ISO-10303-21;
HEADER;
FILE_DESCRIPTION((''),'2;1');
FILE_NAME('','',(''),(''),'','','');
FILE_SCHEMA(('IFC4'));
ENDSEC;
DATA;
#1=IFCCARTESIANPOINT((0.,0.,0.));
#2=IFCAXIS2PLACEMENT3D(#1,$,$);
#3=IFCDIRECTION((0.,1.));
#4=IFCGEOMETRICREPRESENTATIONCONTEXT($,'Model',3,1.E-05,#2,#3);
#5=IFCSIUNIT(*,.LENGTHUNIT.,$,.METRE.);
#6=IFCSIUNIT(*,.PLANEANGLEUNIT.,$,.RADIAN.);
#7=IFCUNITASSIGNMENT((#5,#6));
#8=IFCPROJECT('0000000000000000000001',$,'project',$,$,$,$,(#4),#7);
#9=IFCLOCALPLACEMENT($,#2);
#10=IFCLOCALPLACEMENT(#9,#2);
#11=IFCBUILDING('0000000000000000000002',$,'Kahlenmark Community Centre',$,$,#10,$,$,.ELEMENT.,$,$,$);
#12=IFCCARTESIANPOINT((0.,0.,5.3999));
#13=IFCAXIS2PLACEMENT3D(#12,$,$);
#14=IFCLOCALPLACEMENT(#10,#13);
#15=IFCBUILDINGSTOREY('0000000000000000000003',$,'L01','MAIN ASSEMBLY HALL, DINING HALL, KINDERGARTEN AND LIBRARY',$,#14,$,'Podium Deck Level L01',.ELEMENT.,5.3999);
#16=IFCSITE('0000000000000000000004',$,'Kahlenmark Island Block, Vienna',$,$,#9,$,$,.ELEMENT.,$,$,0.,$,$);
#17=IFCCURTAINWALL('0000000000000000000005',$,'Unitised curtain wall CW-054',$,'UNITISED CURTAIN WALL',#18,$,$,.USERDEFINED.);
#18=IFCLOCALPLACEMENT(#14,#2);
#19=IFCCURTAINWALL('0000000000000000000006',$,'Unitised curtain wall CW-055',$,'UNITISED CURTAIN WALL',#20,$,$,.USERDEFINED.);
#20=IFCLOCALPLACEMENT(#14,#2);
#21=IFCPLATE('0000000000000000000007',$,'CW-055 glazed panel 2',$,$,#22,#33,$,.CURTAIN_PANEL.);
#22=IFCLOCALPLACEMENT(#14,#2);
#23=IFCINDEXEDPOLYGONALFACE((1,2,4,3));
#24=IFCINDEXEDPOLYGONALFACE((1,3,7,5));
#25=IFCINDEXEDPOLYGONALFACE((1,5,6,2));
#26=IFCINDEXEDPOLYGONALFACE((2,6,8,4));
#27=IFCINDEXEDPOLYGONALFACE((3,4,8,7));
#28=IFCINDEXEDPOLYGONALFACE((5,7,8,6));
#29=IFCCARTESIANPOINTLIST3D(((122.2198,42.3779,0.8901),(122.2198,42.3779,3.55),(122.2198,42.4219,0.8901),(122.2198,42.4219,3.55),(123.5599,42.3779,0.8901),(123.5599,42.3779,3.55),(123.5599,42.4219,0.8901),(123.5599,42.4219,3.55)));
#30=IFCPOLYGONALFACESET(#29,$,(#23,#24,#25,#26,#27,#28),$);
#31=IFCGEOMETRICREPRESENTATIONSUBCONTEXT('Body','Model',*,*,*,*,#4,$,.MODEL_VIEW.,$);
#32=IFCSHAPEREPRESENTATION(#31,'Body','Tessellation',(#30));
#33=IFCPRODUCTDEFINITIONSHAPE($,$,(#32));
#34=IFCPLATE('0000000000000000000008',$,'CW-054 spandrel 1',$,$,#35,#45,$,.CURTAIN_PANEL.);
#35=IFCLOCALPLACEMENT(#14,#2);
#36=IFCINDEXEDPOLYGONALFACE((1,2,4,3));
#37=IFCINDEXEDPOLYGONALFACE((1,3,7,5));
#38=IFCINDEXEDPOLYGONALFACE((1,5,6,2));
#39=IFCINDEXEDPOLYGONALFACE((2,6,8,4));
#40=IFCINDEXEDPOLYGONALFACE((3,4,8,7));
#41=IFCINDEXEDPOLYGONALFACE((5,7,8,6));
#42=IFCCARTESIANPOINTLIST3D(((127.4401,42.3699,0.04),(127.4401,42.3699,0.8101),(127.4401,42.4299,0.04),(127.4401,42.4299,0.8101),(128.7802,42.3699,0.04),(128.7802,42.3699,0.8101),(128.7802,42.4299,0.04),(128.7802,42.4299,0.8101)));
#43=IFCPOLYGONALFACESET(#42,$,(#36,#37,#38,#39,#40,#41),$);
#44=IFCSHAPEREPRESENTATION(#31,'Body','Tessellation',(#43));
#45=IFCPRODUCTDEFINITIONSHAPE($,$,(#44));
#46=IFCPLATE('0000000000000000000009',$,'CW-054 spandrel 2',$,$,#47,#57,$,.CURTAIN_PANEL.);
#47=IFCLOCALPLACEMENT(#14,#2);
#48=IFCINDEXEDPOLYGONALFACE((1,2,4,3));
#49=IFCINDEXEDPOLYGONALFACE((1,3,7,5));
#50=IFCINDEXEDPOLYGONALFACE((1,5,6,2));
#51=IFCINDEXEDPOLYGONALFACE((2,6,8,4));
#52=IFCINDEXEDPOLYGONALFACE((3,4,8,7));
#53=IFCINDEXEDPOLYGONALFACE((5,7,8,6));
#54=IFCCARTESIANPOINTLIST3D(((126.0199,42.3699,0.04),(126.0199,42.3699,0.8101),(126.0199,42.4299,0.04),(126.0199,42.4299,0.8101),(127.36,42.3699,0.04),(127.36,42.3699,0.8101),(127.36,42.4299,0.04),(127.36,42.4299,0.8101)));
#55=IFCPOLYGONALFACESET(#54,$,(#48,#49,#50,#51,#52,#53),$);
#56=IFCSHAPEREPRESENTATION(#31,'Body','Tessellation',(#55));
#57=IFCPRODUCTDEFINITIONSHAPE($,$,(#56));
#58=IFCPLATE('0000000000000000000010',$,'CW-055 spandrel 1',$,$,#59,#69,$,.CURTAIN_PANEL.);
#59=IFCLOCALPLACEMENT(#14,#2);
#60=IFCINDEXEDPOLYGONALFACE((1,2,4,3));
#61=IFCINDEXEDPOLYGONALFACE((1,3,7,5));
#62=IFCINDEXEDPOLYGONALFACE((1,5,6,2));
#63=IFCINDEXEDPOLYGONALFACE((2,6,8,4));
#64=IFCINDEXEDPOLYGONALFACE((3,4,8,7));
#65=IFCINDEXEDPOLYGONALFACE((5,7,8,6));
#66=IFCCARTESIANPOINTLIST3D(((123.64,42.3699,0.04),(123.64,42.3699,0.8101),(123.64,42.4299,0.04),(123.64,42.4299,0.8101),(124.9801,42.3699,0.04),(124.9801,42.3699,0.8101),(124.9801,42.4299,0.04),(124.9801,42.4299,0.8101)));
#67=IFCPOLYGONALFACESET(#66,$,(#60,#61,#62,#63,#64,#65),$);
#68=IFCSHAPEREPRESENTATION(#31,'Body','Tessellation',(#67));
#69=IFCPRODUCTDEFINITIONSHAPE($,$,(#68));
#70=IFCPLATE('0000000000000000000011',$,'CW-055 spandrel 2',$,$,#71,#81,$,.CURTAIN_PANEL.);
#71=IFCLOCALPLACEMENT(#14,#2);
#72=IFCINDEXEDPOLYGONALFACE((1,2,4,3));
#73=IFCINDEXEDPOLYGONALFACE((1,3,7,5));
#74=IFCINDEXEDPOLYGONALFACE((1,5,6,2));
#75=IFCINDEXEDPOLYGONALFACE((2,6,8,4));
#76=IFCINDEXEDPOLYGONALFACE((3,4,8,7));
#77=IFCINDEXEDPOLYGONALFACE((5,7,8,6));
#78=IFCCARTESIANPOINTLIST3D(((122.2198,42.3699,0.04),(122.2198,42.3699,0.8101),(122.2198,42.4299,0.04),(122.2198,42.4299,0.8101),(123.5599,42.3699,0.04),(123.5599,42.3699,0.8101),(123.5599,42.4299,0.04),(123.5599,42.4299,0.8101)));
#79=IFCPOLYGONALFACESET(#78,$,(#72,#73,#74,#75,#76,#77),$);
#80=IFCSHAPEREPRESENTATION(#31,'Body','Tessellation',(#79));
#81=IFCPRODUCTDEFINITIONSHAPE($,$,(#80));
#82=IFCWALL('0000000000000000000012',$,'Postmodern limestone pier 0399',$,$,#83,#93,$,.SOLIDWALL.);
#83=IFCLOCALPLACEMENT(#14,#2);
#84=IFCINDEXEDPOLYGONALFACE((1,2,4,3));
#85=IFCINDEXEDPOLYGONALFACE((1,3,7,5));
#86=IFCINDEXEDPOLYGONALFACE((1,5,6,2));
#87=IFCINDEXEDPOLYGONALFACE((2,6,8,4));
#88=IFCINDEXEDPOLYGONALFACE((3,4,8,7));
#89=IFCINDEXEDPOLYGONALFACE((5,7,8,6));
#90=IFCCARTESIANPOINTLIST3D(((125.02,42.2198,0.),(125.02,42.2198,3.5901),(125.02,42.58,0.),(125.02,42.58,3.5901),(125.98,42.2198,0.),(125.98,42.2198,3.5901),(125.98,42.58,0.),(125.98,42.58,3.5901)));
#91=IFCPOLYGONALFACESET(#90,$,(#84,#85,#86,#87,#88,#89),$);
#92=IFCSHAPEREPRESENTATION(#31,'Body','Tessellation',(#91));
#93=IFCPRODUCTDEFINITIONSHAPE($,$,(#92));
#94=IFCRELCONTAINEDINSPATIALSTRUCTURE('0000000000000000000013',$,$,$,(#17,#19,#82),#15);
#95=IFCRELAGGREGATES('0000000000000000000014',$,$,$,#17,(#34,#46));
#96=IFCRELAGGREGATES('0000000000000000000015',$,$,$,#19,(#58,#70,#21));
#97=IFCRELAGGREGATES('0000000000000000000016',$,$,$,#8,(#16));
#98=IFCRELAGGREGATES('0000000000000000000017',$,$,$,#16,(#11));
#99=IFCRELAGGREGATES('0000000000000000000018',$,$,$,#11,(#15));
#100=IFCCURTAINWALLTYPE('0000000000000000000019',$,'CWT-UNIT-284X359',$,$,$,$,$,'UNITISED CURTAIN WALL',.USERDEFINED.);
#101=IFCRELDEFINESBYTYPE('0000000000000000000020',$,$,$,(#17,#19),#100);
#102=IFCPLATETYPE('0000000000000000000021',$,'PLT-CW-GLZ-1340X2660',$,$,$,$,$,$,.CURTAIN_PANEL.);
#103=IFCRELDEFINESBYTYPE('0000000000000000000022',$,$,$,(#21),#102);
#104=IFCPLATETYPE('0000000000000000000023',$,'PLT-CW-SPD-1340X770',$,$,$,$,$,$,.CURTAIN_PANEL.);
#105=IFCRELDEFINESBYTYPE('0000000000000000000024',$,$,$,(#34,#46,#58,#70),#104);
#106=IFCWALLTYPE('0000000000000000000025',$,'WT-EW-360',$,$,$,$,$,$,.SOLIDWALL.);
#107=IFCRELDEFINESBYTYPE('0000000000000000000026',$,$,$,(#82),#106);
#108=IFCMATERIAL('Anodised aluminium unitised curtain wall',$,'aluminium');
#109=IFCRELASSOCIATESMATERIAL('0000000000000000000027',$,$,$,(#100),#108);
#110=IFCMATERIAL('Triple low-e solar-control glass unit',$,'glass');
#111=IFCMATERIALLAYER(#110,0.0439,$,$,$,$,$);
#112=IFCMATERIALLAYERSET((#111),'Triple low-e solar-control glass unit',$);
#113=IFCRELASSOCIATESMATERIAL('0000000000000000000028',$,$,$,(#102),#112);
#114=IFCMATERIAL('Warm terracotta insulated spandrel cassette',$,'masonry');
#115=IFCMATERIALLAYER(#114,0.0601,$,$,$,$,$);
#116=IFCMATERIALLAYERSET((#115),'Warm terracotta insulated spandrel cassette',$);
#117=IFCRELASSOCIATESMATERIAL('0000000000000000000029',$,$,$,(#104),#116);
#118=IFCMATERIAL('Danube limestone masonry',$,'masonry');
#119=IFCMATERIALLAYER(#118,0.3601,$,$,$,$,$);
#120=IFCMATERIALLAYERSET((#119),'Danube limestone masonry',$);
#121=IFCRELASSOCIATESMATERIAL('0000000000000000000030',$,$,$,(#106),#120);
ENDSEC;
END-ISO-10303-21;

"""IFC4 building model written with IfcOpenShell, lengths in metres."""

from ifc_helpers import new_model, si_unit, direction, frame, frame_2d, origin, origin_2d, place, context, subcontext, project, spatial, rectangle, extrude, material, layer, layer_set, type_object, element, aggregate, save


model = new_model("IFC4")

# Units and contexts
model_context = context("Model", 3, precision=1e-05, world=origin(), true_north=direction((0.0, 1.0)))
body_context = subcontext(model_context, "Body", "Model", "MODEL_VIEW")
ifc_project = project(units=[si_unit("LENGTHUNIT", "METRE"), si_unit("PLANEANGLEUNIT", "RADIAN")], contexts=[model_context])

# Site, building, storey
site_placement = place(None, origin())
site = spatial("IfcSite", under=ifc_project, at=site_placement, Name="Kahlenmark Island Block, Vienna", CompositionType="ELEMENT", RefElevation=0.0)
building_placement = place(site_placement, origin())
building = spatial("IfcBuilding", under=site, at=building_placement, Name="Kahlenmark Community Centre", CompositionType="ELEMENT")
storey_placement = place(building_placement, frame((0.0, 0.0, 5.3999)))
storey = spatial("IfcBuildingStorey", under=building, at=storey_placement, Name="L01", Description="MAIN ASSEMBLY HALL, DINING HALL, KINDERGARTEN AND LIBRARY", LongName="Podium Deck Level L01", CompositionType="ELEMENT", Elevation=5.3999)

# Curtain walls
ifc_material_1 = material(Name="Anodised aluminium unitised curtain wall", Category="aluminium")
curtain_wall_type = type_object("IfcCurtainWallType", Name="CWT-UNIT-284X359", ElementType="UNITISED CURTAIN WALL", PredefinedType="USERDEFINED", material=ifc_material_1)
curtain_wall_1_placement = place(storey_placement, origin())
curtain_wall_1 = element("IfcCurtainWall", 1, at=curtain_wall_1_placement, inside=storey, type_object=curtain_wall_type, Name="Unitised curtain wall CW-054", ObjectType="UNITISED CURTAIN WALL", PredefinedType="USERDEFINED")
curtain_wall_2_placement = place(storey_placement, origin())
curtain_wall_2 = element("IfcCurtainWall", 2, at=curtain_wall_2_placement, inside=storey, type_object=curtain_wall_type, Name="Unitised curtain wall CW-055", ObjectType="UNITISED CURTAIN WALL", PredefinedType="USERDEFINED")

# Plates
ifc_material_2 = material(Name="Triple low-e solar-control glass unit", Category="glass")
ifc_layer_1 = layer(ifc_material_2, 0.0439)
ifc_layer_set_1 = layer_set([ifc_layer_1], Name="Triple low-e solar-control glass unit")
plate_type_1 = type_object("IfcPlateType", Name="PLT-CW-GLZ-1340X2660", PredefinedType="CURTAIN_PANEL", material=ifc_layer_set_1)
plate_1_placement = place(storey_placement, frame((122.8899, 42.3999, 0.8901), z_axis=(0.0, 0.0, 1.0), x_axis=(-1.0, 0.0, 0.0)))
plate_1 = element("IfcPlate", 3, at=plate_1_placement, type_object=plate_type_1, Name="CW-055 glazed panel 2", PredefinedType="CURTAIN_PANEL", context=body_context, shape_type="SweptSolid", body=[
    extrude(rectangle(XDim=1.3401, YDim=0.0439, at=origin_2d()), origin(), (0.0, 0.0, 1.0), 2.6599),
])
ifc_material_3 = material(Name="Warm terracotta insulated spandrel cassette", Category="masonry")
ifc_layer_2 = layer(ifc_material_3, 0.0601)
ifc_layer_set_2 = layer_set([ifc_layer_2], Name="Warm terracotta insulated spandrel cassette")
plate_type_2 = type_object("IfcPlateType", Name="PLT-CW-SPD-1340X770", PredefinedType="CURTAIN_PANEL", material=ifc_layer_set_2)
plate_2_placement = place(storey_placement, frame((128.1101, 42.3999, 0.04), z_axis=(0.0, 0.0, 1.0), x_axis=(-1.0, 0.0, 0.0)))
plate_2 = element("IfcPlate", 4, at=plate_2_placement, type_object=plate_type_2, Name="CW-054 spandrel 1", PredefinedType="CURTAIN_PANEL", context=body_context, shape_type="SweptSolid", body=[
    extrude(rectangle(XDim=1.3401, YDim=0.0601, at=origin_2d()), origin(), (0.0, 0.0, 1.0), 0.77),
])
plate_3_placement = place(storey_placement, frame((126.6899, 42.3999, 0.04), z_axis=(0.0, 0.0, 1.0), x_axis=(-1.0, 0.0, 0.0)))
plate_3 = element("IfcPlate", 5, at=plate_3_placement, type_object=plate_type_2, Name="CW-054 spandrel 2", PredefinedType="CURTAIN_PANEL", context=body_context, shape_type="SweptSolid", body=[
    extrude(rectangle(XDim=1.3401, YDim=0.0601, at=origin_2d()), origin(), (0.0, 0.0, 1.0), 0.77),
])
aggregate(curtain_wall_1, [plate_2, plate_3])
plate_4_placement = place(storey_placement, frame((124.3101, 42.3999, 0.04), z_axis=(0.0, 0.0, 1.0), x_axis=(-1.0, 0.0, 0.0)))
plate_4 = element("IfcPlate", 6, at=plate_4_placement, type_object=plate_type_2, Name="CW-055 spandrel 1", PredefinedType="CURTAIN_PANEL", context=body_context, shape_type="SweptSolid", body=[
    extrude(rectangle(XDim=1.3401, YDim=0.0601, at=origin_2d()), origin(), (0.0, 0.0, 1.0), 0.77),
])
plate_5_placement = place(storey_placement, frame((122.8899, 42.3999, 0.04), z_axis=(0.0, 0.0, 1.0), x_axis=(-1.0, 0.0, 0.0)))
plate_5 = element("IfcPlate", 7, at=plate_5_placement, type_object=plate_type_2, Name="CW-055 spandrel 2", PredefinedType="CURTAIN_PANEL", context=body_context, shape_type="SweptSolid", body=[
    extrude(rectangle(XDim=1.3401, YDim=0.0601, at=origin_2d()), origin(), (0.0, 0.0, 1.0), 0.77),
])
aggregate(curtain_wall_2, [plate_4, plate_5, plate_1])

# Wall
ifc_material_4 = material(Name="Danube limestone masonry", Category="masonry")
ifc_layer_3 = layer(ifc_material_4, 0.3601)
ifc_layer_set_3 = layer_set([ifc_layer_3], Name="Danube limestone masonry")
wall_type = type_object("IfcWallType", Name="WT-EW-360", PredefinedType="SOLIDWALL", material=ifc_layer_set_3)
wall_placement = place(storey_placement, frame((125.98, 42.3999, 0.0), z_axis=(0.0, 0.0, 1.0), x_axis=(-1.0, 0.0, 0.0)))
element("IfcWall", 8, at=wall_placement, inside=storey, type_object=wall_type, Name="Postmodern limestone pier 0399", PredefinedType="SOLIDWALL", context=body_context, shape_type="SweptSolid", body=[
    extrude(rectangle(XDim=0.96, YDim=0.3601, at=frame_2d((0.48, 0.0))), origin(), (0.0, 0.0, 1.0), 3.5901),
])

save(model, "model.ifc")
